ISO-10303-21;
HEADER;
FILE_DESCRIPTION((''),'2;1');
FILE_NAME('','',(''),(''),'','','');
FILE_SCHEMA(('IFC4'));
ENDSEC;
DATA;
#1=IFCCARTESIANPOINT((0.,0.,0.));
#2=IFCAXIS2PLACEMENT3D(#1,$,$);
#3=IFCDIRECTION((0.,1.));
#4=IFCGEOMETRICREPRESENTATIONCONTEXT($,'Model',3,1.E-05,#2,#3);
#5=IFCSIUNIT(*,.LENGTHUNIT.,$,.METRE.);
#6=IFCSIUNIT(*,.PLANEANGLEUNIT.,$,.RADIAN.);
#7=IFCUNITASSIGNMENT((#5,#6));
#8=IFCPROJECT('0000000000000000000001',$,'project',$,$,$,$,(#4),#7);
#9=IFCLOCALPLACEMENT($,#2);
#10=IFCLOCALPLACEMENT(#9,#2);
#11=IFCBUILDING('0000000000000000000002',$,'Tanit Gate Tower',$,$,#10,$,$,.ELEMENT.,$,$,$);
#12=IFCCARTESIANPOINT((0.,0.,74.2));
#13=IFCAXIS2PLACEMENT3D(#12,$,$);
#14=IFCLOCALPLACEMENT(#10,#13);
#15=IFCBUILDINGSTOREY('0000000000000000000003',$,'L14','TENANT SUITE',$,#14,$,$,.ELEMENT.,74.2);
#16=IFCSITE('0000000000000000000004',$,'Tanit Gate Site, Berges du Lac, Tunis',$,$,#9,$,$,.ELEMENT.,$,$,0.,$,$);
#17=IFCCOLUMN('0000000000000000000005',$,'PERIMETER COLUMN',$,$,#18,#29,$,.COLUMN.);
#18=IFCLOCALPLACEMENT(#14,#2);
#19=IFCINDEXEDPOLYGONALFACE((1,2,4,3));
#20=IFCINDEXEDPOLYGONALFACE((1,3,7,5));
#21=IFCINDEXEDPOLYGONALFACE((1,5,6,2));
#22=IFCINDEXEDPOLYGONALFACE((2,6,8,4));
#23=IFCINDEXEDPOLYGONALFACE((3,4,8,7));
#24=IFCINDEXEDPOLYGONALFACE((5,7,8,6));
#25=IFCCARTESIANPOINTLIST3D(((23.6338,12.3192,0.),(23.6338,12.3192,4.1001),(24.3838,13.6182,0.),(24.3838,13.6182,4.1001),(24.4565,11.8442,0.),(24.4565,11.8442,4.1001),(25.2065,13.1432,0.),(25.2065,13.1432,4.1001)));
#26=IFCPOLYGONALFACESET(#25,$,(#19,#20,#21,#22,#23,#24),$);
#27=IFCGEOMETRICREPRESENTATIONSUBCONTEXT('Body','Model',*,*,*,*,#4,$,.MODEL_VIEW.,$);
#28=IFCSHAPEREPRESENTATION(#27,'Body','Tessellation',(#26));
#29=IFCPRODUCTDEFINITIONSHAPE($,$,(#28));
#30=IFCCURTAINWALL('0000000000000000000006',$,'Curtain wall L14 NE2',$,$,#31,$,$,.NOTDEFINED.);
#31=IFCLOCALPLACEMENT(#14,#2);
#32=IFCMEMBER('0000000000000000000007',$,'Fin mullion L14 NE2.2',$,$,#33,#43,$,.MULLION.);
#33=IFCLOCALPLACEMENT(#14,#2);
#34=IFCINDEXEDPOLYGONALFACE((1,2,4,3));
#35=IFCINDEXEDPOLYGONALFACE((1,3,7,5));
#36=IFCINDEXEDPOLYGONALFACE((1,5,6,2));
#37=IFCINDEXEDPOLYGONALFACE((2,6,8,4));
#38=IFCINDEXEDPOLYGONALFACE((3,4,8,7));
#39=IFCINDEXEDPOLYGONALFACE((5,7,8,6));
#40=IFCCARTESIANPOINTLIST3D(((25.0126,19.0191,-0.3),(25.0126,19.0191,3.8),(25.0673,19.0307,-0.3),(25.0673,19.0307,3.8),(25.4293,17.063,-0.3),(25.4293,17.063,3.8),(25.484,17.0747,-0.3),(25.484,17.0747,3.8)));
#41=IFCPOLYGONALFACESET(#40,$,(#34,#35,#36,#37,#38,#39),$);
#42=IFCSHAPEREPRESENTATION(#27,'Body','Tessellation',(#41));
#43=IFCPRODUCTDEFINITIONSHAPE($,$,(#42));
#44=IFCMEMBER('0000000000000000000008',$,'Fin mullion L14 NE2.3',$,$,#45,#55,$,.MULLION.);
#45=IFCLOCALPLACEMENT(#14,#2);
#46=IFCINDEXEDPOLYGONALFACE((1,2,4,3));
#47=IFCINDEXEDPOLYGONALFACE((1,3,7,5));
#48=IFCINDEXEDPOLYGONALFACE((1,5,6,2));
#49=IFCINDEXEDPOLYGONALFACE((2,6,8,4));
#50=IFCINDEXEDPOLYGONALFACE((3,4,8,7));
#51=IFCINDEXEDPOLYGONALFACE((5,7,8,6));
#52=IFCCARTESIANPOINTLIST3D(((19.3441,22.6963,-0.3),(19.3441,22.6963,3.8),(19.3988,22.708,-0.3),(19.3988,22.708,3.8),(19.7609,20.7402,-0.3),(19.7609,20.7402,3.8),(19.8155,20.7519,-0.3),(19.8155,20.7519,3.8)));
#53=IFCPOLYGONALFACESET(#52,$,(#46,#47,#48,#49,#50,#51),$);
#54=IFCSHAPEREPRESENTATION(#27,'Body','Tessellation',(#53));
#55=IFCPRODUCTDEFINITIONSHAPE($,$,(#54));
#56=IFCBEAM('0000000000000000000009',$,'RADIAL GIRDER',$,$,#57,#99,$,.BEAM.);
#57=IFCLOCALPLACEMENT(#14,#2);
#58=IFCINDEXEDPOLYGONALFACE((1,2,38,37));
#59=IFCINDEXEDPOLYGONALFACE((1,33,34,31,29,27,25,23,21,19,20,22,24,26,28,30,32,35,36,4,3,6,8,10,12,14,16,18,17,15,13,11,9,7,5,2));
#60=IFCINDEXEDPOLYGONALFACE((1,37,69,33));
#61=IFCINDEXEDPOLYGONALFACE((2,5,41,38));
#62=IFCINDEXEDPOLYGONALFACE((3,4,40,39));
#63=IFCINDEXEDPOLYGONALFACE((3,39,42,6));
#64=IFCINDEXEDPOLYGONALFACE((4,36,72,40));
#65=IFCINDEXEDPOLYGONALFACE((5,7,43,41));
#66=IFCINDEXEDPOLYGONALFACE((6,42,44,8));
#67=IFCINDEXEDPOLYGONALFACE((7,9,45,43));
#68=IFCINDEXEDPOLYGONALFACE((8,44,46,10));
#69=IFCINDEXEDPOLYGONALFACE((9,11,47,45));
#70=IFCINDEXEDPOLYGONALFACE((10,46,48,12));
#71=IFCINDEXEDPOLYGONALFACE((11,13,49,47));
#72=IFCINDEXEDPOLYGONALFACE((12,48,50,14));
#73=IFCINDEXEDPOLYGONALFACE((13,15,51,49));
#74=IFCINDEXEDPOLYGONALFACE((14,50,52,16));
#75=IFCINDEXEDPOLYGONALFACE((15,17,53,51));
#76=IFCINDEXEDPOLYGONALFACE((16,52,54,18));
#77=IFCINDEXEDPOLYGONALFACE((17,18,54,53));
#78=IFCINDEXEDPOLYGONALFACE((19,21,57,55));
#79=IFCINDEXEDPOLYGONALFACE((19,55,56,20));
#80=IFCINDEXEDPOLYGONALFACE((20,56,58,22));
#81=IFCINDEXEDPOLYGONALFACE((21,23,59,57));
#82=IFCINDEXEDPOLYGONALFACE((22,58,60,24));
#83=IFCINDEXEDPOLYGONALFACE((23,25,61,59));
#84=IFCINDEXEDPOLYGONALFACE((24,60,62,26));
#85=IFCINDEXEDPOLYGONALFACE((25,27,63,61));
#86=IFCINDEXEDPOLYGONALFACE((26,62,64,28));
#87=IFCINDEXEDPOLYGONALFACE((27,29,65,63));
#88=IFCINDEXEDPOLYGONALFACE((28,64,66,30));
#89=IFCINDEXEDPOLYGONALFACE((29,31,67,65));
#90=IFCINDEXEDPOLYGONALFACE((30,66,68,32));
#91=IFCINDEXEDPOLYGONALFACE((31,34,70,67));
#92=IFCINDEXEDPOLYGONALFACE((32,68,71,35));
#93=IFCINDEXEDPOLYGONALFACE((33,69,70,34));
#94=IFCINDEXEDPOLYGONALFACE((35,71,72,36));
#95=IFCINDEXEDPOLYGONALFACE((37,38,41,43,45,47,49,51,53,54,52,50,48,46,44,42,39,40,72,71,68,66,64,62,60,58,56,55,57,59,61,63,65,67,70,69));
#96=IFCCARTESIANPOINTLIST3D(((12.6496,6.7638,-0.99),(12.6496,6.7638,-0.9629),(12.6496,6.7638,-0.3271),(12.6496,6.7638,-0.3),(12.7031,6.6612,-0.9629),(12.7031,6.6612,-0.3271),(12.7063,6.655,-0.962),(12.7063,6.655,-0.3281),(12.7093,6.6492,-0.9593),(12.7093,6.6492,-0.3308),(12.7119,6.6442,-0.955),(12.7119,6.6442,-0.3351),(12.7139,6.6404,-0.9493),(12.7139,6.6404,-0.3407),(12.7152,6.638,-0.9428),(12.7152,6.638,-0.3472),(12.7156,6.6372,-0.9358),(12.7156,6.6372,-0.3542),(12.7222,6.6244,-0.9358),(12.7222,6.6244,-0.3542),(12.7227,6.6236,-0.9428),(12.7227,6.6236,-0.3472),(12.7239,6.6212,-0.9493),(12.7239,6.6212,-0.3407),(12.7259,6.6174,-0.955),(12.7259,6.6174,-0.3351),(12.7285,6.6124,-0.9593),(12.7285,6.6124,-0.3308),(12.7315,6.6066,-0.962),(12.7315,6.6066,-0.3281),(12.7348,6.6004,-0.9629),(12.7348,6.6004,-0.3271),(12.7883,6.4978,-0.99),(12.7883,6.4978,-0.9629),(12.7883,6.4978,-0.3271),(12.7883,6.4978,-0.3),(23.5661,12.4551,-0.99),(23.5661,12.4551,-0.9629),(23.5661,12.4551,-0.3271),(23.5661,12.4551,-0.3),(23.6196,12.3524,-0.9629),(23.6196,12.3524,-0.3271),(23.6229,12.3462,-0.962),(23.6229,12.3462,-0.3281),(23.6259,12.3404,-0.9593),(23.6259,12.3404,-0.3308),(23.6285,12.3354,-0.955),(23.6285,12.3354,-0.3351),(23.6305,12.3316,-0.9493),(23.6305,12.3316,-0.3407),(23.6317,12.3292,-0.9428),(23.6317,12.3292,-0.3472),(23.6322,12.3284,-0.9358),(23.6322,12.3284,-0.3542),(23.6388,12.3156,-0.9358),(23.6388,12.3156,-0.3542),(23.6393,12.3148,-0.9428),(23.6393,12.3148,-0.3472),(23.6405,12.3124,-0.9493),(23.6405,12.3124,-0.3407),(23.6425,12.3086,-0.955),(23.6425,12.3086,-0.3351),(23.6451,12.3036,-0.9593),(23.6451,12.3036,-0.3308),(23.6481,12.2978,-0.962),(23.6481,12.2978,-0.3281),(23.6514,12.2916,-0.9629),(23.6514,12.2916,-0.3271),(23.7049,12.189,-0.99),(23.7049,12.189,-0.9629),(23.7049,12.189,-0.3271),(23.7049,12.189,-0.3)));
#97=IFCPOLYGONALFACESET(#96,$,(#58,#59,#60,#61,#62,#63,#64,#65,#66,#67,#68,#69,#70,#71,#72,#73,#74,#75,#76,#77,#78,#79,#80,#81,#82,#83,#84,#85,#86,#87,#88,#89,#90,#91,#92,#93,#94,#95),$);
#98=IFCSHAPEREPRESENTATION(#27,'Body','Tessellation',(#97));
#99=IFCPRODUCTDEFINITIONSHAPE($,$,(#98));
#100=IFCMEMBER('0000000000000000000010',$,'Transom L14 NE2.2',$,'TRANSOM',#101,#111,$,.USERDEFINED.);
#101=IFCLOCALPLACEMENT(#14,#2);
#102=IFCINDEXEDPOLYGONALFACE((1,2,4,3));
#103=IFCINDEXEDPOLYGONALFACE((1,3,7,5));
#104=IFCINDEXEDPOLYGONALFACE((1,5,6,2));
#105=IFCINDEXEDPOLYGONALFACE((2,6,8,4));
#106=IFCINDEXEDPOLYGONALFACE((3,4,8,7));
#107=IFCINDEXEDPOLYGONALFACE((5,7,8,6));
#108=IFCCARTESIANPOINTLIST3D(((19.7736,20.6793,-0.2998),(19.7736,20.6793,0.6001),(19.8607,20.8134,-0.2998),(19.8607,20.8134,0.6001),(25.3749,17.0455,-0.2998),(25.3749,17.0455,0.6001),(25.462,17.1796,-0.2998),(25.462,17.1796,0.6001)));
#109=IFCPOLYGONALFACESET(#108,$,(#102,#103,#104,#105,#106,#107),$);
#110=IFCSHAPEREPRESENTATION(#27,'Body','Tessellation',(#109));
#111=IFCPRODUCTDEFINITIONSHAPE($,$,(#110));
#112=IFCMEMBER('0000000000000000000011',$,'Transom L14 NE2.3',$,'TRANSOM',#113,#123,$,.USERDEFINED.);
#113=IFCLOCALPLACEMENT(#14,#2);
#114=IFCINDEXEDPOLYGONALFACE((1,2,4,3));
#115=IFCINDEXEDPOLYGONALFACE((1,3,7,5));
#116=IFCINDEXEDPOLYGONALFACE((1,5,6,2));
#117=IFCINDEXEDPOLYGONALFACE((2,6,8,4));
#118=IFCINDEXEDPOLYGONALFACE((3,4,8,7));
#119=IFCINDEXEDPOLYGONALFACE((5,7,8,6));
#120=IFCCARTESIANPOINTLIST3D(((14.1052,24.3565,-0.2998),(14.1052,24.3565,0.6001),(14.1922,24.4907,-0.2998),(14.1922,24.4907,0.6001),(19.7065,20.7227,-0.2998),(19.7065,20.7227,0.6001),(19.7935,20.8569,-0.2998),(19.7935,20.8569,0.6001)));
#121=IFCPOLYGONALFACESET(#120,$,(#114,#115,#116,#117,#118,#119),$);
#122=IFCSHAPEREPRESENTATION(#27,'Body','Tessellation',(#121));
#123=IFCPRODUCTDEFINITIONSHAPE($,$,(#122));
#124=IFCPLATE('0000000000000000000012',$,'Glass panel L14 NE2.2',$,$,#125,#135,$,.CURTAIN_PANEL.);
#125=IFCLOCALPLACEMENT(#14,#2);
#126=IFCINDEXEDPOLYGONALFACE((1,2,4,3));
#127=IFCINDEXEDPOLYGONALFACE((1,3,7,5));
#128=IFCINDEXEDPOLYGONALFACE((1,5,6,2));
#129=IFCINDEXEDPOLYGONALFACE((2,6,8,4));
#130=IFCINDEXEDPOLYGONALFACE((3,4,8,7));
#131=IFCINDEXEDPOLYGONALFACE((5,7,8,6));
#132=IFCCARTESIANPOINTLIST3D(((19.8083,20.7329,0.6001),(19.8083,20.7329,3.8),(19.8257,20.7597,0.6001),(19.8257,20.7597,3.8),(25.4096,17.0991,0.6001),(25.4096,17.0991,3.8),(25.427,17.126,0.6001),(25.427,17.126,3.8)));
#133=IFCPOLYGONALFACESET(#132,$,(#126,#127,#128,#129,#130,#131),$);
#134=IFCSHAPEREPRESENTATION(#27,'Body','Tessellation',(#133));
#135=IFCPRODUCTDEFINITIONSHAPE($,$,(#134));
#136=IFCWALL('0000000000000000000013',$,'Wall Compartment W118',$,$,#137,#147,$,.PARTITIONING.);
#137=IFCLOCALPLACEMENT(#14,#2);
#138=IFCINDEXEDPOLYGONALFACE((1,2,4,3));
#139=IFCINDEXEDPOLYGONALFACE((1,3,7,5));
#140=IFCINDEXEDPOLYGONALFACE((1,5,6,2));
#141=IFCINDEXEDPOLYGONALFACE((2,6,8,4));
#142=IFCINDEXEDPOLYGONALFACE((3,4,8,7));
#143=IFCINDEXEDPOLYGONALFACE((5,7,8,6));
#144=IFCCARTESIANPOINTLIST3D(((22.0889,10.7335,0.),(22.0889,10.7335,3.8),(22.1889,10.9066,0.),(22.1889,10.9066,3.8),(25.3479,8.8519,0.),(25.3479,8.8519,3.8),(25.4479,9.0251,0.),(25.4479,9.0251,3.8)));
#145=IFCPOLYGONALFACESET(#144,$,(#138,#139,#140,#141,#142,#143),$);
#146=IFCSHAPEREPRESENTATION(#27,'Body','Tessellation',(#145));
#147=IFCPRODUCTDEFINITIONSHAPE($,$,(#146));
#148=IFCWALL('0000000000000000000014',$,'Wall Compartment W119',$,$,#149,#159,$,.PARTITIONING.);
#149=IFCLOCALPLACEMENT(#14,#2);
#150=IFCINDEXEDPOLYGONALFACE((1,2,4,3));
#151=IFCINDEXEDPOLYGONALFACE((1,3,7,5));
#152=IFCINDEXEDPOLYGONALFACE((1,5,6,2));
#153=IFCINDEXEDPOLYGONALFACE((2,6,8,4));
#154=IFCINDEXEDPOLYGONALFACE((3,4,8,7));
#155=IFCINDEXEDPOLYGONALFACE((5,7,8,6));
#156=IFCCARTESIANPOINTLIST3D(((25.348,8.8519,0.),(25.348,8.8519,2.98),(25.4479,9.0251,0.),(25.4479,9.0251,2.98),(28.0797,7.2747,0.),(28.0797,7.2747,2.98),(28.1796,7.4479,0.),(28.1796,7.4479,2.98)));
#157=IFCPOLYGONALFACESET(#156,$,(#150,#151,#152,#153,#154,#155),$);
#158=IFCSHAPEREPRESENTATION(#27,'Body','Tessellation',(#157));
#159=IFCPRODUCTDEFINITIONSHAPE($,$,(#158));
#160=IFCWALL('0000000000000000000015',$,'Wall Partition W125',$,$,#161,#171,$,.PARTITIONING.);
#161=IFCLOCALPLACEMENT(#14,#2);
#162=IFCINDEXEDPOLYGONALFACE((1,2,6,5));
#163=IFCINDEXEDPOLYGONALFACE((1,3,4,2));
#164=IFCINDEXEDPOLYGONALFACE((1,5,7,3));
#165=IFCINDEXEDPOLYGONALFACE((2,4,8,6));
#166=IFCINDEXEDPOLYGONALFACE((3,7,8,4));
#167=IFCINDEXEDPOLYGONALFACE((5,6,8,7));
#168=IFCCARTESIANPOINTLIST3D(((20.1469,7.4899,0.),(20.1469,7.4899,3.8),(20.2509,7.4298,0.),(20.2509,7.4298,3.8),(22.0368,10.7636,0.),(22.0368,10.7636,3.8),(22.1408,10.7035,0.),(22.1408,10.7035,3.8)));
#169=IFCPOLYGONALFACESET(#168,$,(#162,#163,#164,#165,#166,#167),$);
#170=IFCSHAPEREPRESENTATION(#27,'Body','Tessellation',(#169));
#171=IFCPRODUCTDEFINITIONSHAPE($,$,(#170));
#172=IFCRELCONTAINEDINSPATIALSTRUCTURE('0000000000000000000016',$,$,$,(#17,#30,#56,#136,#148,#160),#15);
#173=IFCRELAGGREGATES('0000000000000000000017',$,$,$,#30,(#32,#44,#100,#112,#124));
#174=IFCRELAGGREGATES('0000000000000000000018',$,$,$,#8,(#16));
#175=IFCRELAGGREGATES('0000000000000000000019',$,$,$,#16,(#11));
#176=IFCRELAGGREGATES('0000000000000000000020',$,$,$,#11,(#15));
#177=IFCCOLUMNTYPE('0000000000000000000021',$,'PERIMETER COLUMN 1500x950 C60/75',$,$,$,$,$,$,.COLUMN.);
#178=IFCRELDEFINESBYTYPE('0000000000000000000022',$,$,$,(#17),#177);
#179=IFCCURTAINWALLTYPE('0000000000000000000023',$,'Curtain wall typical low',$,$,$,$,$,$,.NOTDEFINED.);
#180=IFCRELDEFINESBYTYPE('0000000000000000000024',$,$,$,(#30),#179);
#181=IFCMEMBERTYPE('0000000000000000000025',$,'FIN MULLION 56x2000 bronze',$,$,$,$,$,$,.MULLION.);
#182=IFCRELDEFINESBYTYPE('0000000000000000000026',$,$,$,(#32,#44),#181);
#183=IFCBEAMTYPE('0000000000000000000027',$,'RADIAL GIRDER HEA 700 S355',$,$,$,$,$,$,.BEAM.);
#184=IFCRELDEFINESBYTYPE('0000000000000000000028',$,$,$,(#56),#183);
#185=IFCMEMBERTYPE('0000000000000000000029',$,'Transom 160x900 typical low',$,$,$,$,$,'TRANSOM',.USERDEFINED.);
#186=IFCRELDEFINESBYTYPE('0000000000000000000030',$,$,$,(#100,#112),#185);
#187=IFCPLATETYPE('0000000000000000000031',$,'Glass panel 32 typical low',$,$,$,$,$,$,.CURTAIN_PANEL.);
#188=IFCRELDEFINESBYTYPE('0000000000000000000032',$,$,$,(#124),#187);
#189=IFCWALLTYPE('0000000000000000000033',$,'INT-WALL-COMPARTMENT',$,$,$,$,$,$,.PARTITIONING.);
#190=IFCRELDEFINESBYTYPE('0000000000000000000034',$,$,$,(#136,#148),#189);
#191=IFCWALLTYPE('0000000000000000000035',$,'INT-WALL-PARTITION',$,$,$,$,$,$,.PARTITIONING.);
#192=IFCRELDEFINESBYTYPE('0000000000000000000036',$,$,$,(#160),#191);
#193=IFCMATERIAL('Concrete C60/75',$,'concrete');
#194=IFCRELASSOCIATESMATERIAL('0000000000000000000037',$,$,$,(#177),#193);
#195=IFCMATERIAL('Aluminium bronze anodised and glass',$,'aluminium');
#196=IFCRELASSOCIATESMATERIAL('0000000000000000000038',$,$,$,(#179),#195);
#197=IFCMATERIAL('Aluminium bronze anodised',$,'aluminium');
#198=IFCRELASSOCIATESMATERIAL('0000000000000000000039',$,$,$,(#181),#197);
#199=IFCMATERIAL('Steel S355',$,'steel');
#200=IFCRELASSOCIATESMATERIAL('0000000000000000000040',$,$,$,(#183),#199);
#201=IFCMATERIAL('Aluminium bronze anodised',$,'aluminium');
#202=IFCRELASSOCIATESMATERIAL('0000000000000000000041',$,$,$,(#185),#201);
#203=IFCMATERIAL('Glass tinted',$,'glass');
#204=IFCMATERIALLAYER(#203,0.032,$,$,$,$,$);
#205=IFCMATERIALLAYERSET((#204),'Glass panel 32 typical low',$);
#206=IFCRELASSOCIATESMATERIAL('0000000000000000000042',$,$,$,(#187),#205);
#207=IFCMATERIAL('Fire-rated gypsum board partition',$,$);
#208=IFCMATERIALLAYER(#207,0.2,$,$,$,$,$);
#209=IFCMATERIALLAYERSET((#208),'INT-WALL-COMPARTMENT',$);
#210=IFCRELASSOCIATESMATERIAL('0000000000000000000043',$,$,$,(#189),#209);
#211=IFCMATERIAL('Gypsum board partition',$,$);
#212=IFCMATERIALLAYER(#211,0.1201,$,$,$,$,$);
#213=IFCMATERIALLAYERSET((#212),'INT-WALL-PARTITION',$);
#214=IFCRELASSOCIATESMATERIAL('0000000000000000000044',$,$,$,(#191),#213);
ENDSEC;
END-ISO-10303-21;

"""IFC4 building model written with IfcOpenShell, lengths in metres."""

from ifc_helpers import new_model, si_unit, direction, frame, frame_2d, origin, origin_2d, place, context, subcontext, project, spatial, rectangle, i_section, extrude, material, layer, layer_set, material_profile, profile_set, type_object, element, aggregate, save


model = new_model("IFC4")

# Units and contexts
model_context = context("Model", 3, precision=1e-05, world=origin(), true_north=direction((0.0, 1.0)))
body_context = subcontext(model_context, "Body", "Model", "MODEL_VIEW")
ifc_project = project(units=[si_unit("LENGTHUNIT", "METRE"), si_unit("PLANEANGLEUNIT", "RADIAN")], contexts=[model_context])

# Site, building, storey
site_placement = place(None, origin())
site = spatial("IfcSite", under=ifc_project, at=site_placement, Name="Tanit Gate Site, Berges du Lac, Tunis", CompositionType="ELEMENT", RefElevation=0.0)
building_placement = place(site_placement, origin())
building = spatial("IfcBuilding", under=site, at=building_placement, Name="Tanit Gate Tower", CompositionType="ELEMENT")
storey_placement = place(building_placement, frame((0.0, 0.0, 74.2)))
storey = spatial("IfcBuildingStorey", under=building, at=storey_placement, Name="L14", Description="TENANT SUITE", CompositionType="ELEMENT", Elevation=74.2)

# Column
ifc_material_1 = material(Name="Concrete C60/75", Category="concrete")
ifc_material_profile_1 = material_profile(ifc_material_1, rectangle(XDim=1.5, YDim=0.95, at=origin_2d()), Name="RC 1500x950")
ifc_profile_set_1 = profile_set([ifc_material_profile_1], Name="Concrete C60/75")
column_type = type_object("IfcColumnType", Name="PERIMETER COLUMN 1500x950 C60/75", PredefinedType="COLUMN", material=ifc_profile_set_1)
column_placement = place(storey_placement, frame((24.4202, 12.7312, 0.0), z_axis=(0.0, 0.0, 1.0), x_axis=(0.5, 0.866025, 0.0)))
element("IfcColumn", 1, at=column_placement, inside=storey, type_object=column_type, Name="PERIMETER COLUMN", PredefinedType="COLUMN", context=body_context, shape_type="SweptSolid", body=[
    extrude(rectangle(XDim=1.5, YDim=0.95, at=origin_2d()), origin(), (0.0, 0.0, 1.0), 4.1001),
])

# Curtain wall, members
ifc_material_2 = material(Name="Aluminium bronze anodised and glass", Category="aluminium")
curtain_wall_type = type_object("IfcCurtainWallType", Name="Curtain wall typical low", PredefinedType="NOTDEFINED", material=ifc_material_2)
curtain_wall_placement = place(storey_placement, origin())
curtain_wall = element("IfcCurtainWall", 2, at=curtain_wall_placement, inside=storey, type_object=curtain_wall_type, Name="Curtain wall L14 NE2", PredefinedType="NOTDEFINED")
ifc_material_3 = material(Name="Aluminium bronze anodised", Category="aluminium")
ifc_material_profile_2 = material_profile(ifc_material_3, rectangle(XDim=2.0, YDim=0.0559, at=origin_2d()), Name="56x2000 bronze fin mullion")
ifc_profile_set_2 = profile_set([ifc_material_profile_2], Name="Aluminium bronze anodised")
member_type_1 = type_object("IfcMemberType", Name="FIN MULLION 56x2000 bronze", PredefinedType="MULLION", material=ifc_profile_set_2)
member_1_placement = place(storey_placement, frame((25.2483, 18.0469, -0.3), z_axis=(0.0, 0.0, 1.0), x_axis=(0.208373, -0.978049, 0.0)))
member_1 = element("IfcMember", 3, at=member_1_placement, type_object=member_type_1, Name="Fin mullion L14 NE2.2", PredefinedType="MULLION", context=body_context, shape_type="SweptSolid", body=[
    extrude(rectangle(XDim=2.0, YDim=0.0559, at=origin_2d()), origin(), (0.0, 0.0, 1.0), 4.1001),
])
member_2_placement = place(storey_placement, frame((19.5798, 21.7241, -0.3), z_axis=(0.0, 0.0, 1.0), x_axis=(0.208373, -0.978049, 0.0)))
member_2 = element("IfcMember", 4, at=member_2_placement, type_object=member_type_1, Name="Fin mullion L14 NE2.3", PredefinedType="MULLION", context=body_context, shape_type="SweptSolid", body=[
    extrude(rectangle(XDim=2.0, YDim=0.0559, at=origin_2d()), origin(), (0.0, 0.0, 1.0), 4.1001),
])

# Beam
ifc_material_4 = material(Name="Steel S355", Category="steel")
ifc_material_profile_3 = material_profile(ifc_material_4, i_section(OverallWidth=0.3, OverallDepth=0.6899, WebThickness=0.0144, FlangeThickness=0.0271, FilletRadius=0.0271, at=origin_2d()), Name="HEA 700")
ifc_profile_set_3 = profile_set([ifc_material_profile_3], Name="Steel S355")
beam_type = type_object("IfcBeamType", Name="RADIAL GIRDER HEA 700 S355", PredefinedType="BEAM", material=ifc_profile_set_3)
beam_placement = place(storey_placement, frame((23.6355, 12.322, -0.645), z_axis=(-0.886732, -0.462285, 0.0), x_axis=(0.462285, -0.886732, 0.0)))
element("IfcBeam", 5, at=beam_placement, inside=storey, type_object=beam_type, Name="RADIAL GIRDER", PredefinedType="BEAM", context=body_context, shape_type="SweptSolid", body=[
    extrude(i_section(OverallWidth=0.3, OverallDepth=0.6899, WebThickness=0.0144, FlangeThickness=0.0271, FilletRadius=0.0271, at=origin_2d()), origin(), (0.0, 0.0, 1.0), 12.311),
])

# Members
ifc_material_5 = material(Name="Aluminium bronze anodised", Category="aluminium")
ifc_material_profile_4 = material_profile(ifc_material_5, rectangle(XDim=0.1599, YDim=0.8999, at=origin_2d()), Name="160x900 bronze transom")
ifc_profile_set_4 = profile_set([ifc_material_profile_4], Name="Aluminium bronze anodised")
member_type_2 = type_object("IfcMemberType", Name="Transom 160x900 typical low", ElementType="TRANSOM", PredefinedType="USERDEFINED", material=ifc_profile_set_4)
member_3_placement = place(storey_placement, frame((25.4185, 17.1125, 0.1501), z_axis=(-0.838927, 0.544244, 0.0), x_axis=(-0.544244, -0.838927, 0.0)))
member_3 = element("IfcMember", 6, at=member_3_placement, type_object=member_type_2, Name="Transom L14 NE2.2", ObjectType="TRANSOM", PredefinedType="USERDEFINED", context=body_context, shape_type="SweptSolid", body=[
    extrude(rectangle(XDim=0.1599, YDim=0.8999, at=origin_2d()), origin(), (0.0, 0.0, 1.0), 6.6768),
])
member_4_placement = place(storey_placement, frame((19.75, 20.7898, 0.1501), z_axis=(-0.838927, 0.544244, 0.0), x_axis=(-0.544244, -0.838927, 0.0)))
member_4 = element("IfcMember", 7, at=member_4_placement, type_object=member_type_2, Name="Transom L14 NE2.3", ObjectType="TRANSOM", PredefinedType="USERDEFINED", context=body_context, shape_type="SweptSolid", body=[
    extrude(rectangle(XDim=0.1599, YDim=0.8999, at=origin_2d()), origin(), (0.0, 0.0, 1.0), 6.6768),
])

# Plate
ifc_material_6 = material(Name="Glass tinted", Category="glass")
ifc_layer_1 = layer(ifc_material_6, 0.032)
ifc_layer_set_1 = layer_set([ifc_layer_1], Name="Glass panel 32 typical low")
plate_type = type_object("IfcPlateType", Name="Glass panel 32 typical low", PredefinedType="CURTAIN_PANEL", material=ifc_layer_set_1)
plate_placement = place(storey_placement, frame((22.6177, 18.9294, 0.6001), z_axis=(0.0, 0.0, 1.0), x_axis=(-0.838927, 0.544243, 0.0)))
plate = element("IfcPlate", 8, at=plate_placement, type_object=plate_type, Name="Glass panel L14 NE2.2", PredefinedType="CURTAIN_PANEL", context=body_context, shape_type="SweptSolid", body=[
    extrude(rectangle(XDim=6.6768, YDim=0.032, at=origin_2d()), origin(), (0.0, 0.0, 1.0), 3.2),
])
aggregate(curtain_wall, [member_1, member_2, member_3, member_4, plate])

# Walls
ifc_material_7 = material(Name="Fire-rated gypsum board partition")
ifc_layer_2 = layer(ifc_material_7, 0.2)
ifc_layer_set_2 = layer_set([ifc_layer_2], Name="INT-WALL-COMPARTMENT")
wall_type_1 = type_object("IfcWallType", Name="INT-WALL-COMPARTMENT", PredefinedType="PARTITIONING", material=ifc_layer_set_2)
wall_1_placement = place(storey_placement, frame((22.1389, 10.8201, 0.0), z_axis=(0.0, 0.0, 1.0), x_axis=(0.866027, -0.499998, 0.0)))
element("IfcWall", 9, at=wall_1_placement, inside=storey, type_object=wall_type_1, Name="Wall Compartment W118", PredefinedType="PARTITIONING", context=body_context, shape_type="SweptSolid", body=[
    extrude(rectangle(XDim=3.7632, YDim=0.2, at=frame_2d((1.8816, 0.0))), origin(), (0.0, 0.0, 1.0), 3.8),
])
wall_2_placement = place(storey_placement, frame((25.3979, 8.9385, 0.0), z_axis=(0.0, 0.0, 1.0), x_axis=(0.866024, -0.500002, 0.0)))
element("IfcWall", 10, at=wall_2_placement, inside=storey, type_object=wall_type_1, Name="Wall Compartment W119", PredefinedType="PARTITIONING", context=body_context, shape_type="SweptSolid", body=[
    extrude(rectangle(XDim=3.1543, YDim=0.2, at=frame_2d((1.5771, 0.0))), origin(), (0.0, 0.0, 1.0), 2.98),
])
ifc_material_8 = material(Name="Gypsum board partition")
ifc_layer_3 = layer(ifc_material_8, 0.1201)
ifc_layer_set_3 = layer_set([ifc_layer_3], Name="INT-WALL-PARTITION")
wall_type_2 = type_object("IfcWallType", Name="INT-WALL-PARTITION", PredefinedType="PARTITIONING", material=ifc_layer_set_3)
wall_3_placement = place(storey_placement, frame((22.0889, 10.7336, 0.0), z_axis=(0.0, 0.0, 1.0), x_axis=(-0.499967, -0.866045, 0.0)))
element("IfcWall", 11, at=wall_3_placement, inside=storey, type_object=wall_type_2, Name="Wall Partition W125", PredefinedType="PARTITIONING", context=body_context, shape_type="SweptSolid", body=[
    extrude(rectangle(XDim=3.78, YDim=0.1201, at=frame_2d((1.8901, 0.0))), origin(), (0.0, 0.0, 1.0), 3.8),
])

save(model, "model.ifc")
